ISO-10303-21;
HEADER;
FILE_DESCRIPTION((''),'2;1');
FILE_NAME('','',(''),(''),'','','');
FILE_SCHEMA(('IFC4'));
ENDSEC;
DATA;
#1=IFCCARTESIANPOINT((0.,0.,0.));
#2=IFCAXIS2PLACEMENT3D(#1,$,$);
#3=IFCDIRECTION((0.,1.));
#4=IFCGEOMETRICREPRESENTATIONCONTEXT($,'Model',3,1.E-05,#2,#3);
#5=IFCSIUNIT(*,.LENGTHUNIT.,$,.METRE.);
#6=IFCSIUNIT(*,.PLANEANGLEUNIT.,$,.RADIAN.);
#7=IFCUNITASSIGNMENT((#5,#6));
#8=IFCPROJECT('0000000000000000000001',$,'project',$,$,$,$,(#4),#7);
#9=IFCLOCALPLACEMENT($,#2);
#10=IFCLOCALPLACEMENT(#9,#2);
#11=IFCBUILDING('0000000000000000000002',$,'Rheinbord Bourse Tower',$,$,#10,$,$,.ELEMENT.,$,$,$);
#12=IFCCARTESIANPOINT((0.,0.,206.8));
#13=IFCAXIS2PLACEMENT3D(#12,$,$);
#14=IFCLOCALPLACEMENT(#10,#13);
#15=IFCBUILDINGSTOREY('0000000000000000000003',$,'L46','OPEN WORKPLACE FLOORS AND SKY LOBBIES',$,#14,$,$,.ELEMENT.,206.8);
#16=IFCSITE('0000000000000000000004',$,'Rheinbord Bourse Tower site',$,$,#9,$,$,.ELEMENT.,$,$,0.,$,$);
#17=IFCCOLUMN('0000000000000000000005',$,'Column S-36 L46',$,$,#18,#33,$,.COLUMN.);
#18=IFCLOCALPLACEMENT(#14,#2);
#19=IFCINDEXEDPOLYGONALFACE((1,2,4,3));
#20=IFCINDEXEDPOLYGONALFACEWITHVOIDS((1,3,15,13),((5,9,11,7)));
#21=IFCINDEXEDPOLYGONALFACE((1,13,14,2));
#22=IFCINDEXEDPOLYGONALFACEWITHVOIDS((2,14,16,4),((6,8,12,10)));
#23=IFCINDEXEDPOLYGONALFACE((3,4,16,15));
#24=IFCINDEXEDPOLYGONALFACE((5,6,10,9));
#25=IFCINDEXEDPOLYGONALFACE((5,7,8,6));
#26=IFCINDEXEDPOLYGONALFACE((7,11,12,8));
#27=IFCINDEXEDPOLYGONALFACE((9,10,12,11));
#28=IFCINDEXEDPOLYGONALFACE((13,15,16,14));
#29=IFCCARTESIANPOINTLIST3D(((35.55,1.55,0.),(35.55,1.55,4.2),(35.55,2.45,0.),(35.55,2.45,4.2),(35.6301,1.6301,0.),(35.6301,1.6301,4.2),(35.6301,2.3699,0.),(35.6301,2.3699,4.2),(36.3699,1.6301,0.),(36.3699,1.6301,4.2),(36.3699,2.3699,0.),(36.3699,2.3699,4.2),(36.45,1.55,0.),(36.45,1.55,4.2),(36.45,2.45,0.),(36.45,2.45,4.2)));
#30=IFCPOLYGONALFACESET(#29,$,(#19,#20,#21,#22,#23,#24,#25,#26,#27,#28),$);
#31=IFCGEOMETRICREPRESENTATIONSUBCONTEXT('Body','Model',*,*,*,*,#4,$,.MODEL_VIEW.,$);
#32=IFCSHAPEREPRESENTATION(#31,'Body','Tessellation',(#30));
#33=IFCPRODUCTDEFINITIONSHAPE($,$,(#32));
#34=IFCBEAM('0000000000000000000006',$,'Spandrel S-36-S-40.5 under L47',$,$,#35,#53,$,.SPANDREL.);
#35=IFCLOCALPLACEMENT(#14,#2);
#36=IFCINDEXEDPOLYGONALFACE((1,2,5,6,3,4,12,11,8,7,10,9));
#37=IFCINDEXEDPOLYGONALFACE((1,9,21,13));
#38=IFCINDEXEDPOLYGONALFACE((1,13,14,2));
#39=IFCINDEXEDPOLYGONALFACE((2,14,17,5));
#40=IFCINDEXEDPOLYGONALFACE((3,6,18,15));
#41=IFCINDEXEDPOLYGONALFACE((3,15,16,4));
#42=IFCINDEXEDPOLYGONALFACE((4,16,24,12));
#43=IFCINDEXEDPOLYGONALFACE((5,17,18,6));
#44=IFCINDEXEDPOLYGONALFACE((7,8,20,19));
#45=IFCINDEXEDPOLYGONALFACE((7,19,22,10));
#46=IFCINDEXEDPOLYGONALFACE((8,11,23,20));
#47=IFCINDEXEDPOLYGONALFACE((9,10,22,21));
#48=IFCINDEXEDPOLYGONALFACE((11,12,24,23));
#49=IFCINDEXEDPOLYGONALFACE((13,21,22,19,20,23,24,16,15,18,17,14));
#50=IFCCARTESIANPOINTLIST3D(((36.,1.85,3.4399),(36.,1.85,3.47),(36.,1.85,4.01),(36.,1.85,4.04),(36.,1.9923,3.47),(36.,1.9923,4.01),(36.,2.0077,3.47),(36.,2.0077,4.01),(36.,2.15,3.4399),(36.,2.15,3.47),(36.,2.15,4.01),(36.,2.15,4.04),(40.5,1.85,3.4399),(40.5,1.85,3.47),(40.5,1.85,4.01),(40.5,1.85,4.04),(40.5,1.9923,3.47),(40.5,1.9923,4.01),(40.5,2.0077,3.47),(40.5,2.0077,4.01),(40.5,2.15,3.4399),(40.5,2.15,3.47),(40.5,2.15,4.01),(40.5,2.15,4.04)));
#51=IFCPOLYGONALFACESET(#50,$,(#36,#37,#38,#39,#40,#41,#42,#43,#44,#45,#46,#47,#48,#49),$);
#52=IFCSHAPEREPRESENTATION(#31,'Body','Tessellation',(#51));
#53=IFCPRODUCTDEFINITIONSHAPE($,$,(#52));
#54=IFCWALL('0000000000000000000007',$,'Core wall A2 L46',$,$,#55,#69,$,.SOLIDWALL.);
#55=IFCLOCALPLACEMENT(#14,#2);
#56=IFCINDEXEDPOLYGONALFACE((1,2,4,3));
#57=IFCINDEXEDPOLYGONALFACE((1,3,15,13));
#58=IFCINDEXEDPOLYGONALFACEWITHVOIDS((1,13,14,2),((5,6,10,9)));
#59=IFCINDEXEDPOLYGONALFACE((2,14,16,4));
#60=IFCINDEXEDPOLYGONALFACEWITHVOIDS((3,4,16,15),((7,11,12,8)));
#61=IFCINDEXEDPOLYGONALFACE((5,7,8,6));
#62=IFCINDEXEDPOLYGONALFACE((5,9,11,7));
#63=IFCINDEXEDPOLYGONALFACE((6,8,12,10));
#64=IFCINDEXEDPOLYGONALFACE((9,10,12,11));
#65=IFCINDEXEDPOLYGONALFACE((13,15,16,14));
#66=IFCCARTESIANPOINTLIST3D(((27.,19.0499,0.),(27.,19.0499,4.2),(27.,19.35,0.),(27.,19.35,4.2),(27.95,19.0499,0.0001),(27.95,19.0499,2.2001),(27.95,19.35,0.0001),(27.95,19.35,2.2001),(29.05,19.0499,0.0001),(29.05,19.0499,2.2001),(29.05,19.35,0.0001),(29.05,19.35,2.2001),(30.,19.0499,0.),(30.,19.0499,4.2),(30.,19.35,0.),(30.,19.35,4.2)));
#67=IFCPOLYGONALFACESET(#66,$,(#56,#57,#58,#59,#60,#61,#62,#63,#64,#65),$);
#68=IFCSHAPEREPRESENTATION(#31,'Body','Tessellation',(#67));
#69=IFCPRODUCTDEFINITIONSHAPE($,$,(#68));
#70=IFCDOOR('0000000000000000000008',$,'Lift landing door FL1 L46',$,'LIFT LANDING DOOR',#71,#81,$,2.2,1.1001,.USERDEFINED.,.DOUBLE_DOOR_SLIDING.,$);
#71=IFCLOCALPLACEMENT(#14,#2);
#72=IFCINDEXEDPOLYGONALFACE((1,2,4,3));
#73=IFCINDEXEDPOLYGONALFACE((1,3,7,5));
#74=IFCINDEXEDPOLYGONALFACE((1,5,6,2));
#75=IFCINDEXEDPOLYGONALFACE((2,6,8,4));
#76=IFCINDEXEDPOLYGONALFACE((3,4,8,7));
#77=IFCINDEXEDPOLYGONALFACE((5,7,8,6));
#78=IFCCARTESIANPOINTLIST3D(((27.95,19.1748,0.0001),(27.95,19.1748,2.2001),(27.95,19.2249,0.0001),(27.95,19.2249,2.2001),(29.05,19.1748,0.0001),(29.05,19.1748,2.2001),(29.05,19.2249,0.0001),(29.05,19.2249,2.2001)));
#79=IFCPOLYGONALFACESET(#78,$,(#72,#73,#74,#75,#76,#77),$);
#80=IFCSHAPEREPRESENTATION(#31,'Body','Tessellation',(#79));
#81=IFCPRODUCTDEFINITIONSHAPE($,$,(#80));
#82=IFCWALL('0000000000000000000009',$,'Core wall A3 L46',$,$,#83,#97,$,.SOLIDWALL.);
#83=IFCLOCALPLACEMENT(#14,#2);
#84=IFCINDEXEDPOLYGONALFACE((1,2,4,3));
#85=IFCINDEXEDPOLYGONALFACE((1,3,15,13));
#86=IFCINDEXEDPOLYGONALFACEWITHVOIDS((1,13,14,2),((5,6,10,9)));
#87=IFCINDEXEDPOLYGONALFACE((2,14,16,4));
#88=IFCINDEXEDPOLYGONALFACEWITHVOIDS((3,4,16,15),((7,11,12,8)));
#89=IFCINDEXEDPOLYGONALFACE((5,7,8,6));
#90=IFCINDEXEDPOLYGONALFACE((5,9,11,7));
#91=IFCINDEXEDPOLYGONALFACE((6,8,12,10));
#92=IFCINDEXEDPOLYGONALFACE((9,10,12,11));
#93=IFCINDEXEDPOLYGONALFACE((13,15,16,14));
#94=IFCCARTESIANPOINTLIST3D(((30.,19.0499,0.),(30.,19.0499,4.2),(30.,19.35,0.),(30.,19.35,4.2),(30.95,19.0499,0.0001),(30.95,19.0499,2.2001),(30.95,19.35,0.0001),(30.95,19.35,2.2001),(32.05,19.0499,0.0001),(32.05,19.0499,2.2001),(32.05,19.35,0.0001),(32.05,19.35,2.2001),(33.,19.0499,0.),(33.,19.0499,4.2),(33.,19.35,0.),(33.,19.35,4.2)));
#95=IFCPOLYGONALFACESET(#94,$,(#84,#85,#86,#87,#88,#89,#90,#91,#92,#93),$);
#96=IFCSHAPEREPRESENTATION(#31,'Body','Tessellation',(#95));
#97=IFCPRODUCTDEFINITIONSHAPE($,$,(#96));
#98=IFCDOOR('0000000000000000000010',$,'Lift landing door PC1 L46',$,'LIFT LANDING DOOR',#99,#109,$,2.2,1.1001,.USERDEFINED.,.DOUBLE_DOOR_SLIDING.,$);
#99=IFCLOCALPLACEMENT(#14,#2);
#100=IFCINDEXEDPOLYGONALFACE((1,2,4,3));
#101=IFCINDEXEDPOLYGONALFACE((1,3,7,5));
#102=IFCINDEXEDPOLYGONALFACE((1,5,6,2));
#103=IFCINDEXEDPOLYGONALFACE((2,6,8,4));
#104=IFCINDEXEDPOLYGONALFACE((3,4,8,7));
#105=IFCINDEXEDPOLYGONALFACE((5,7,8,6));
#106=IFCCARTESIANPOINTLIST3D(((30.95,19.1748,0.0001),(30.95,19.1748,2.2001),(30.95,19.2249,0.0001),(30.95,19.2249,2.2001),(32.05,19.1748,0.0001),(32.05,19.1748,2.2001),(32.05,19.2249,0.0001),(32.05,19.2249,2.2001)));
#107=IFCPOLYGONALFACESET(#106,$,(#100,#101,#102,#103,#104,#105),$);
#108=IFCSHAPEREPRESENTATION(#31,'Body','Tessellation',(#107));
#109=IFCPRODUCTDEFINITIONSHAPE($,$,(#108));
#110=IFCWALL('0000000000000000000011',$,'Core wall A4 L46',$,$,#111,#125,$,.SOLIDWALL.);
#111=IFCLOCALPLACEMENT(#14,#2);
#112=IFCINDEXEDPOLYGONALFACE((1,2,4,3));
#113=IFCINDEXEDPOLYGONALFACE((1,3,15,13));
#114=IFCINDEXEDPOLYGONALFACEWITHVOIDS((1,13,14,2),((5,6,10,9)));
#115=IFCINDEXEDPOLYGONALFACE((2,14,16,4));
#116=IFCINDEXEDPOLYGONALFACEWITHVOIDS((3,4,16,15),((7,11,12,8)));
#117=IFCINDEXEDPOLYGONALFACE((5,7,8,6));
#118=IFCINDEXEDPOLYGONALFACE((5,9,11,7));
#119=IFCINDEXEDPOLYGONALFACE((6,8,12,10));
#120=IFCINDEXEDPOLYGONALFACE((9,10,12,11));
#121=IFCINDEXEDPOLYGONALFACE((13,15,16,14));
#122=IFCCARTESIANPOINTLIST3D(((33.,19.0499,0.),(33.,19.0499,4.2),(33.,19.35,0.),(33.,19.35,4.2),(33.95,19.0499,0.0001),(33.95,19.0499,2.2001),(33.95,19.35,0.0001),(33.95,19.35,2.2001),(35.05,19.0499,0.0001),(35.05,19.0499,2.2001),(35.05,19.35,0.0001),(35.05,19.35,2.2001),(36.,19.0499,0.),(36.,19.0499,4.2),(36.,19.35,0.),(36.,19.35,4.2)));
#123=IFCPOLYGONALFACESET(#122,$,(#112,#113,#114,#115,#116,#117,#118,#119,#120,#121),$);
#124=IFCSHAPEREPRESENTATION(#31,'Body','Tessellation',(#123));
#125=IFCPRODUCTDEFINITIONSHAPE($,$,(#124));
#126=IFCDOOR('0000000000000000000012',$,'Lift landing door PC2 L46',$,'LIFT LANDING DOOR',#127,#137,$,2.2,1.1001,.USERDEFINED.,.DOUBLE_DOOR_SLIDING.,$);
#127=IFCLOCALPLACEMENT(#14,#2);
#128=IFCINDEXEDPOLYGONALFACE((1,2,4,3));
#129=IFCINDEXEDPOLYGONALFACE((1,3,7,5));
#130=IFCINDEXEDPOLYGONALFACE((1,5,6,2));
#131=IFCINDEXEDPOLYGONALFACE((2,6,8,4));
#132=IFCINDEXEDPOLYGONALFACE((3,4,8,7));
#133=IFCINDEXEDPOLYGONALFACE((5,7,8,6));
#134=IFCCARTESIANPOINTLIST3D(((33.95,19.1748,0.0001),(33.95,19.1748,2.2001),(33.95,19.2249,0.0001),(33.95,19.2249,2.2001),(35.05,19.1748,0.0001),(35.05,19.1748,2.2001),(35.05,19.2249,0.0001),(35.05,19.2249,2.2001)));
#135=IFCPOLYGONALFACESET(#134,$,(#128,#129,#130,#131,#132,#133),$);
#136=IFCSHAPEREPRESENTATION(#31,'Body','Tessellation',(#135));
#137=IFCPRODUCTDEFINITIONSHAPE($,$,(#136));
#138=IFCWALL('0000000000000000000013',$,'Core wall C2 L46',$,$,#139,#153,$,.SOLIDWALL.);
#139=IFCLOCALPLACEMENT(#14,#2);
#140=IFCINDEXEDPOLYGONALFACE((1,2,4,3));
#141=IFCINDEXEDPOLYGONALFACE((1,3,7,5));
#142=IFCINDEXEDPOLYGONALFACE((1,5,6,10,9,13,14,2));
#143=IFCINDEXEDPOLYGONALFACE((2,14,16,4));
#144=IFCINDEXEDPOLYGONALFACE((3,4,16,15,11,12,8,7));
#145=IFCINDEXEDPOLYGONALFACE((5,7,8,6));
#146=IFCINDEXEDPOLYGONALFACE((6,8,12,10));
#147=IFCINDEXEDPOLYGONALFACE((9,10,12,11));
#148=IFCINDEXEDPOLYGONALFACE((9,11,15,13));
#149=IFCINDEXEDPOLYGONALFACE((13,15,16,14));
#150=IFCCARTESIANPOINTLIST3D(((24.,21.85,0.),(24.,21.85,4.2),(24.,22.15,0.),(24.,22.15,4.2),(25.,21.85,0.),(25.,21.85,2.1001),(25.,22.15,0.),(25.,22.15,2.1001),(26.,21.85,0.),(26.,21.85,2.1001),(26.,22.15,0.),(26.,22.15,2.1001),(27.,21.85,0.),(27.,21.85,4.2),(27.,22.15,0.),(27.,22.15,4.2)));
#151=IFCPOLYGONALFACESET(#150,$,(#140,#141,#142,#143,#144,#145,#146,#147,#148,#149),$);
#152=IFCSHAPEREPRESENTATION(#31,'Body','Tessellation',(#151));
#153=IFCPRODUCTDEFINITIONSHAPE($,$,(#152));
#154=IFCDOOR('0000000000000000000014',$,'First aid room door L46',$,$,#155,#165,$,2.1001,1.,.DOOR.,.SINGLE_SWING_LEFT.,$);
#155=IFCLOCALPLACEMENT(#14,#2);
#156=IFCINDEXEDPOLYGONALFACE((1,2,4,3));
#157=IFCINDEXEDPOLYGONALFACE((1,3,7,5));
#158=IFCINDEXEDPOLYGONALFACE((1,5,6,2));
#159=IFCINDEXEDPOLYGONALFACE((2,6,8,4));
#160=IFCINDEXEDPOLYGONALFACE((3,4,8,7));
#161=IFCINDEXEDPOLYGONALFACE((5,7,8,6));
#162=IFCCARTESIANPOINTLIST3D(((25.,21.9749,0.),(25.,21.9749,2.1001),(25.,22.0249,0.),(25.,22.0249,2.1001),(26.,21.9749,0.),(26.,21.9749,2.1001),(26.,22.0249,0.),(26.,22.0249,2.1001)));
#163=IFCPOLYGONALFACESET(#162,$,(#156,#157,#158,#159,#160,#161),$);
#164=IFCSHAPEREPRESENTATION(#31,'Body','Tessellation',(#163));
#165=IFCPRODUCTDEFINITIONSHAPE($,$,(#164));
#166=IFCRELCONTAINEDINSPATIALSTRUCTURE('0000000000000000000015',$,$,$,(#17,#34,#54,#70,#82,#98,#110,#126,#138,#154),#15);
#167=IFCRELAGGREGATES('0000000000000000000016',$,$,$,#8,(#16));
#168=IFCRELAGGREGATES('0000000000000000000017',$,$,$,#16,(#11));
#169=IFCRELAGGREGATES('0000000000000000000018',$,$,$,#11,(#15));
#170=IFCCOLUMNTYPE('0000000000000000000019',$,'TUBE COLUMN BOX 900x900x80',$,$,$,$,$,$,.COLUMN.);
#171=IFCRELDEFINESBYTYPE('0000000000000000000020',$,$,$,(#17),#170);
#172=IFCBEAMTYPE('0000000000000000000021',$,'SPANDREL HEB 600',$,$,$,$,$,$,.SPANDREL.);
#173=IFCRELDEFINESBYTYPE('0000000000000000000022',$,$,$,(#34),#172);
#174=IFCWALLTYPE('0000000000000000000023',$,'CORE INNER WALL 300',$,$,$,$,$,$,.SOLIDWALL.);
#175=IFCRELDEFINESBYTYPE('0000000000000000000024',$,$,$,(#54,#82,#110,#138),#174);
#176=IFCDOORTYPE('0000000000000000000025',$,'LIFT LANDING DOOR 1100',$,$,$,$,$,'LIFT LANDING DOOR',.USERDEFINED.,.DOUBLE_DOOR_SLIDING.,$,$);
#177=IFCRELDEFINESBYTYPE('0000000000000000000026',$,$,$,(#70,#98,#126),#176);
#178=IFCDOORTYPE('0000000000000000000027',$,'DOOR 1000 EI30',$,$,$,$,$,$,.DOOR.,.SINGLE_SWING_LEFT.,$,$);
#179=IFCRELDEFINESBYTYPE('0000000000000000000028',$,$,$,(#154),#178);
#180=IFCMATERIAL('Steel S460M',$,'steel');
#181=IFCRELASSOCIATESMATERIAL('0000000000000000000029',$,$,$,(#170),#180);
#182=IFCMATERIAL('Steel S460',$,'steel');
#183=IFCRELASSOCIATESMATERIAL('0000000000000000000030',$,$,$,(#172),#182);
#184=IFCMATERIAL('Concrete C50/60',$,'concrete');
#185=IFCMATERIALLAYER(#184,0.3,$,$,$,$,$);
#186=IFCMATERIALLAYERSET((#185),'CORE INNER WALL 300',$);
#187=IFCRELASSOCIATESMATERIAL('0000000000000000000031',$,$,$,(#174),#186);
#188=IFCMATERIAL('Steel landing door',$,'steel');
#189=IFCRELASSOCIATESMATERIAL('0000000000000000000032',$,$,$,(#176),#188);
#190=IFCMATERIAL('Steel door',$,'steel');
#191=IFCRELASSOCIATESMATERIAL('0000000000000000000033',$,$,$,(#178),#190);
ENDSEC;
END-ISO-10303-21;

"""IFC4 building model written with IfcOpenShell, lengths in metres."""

from ifc_helpers import new_model, si_unit, direction, frame, frame_2d, origin, origin_2d, place, context, subcontext, project, spatial, rectangle, hollow_rectangle, i_section, extrude, material, layer, layer_set, material_profile, profile_set, type_object, element, fill, save


model = new_model("IFC4")

# Units and contexts
model_context = context("Model", 3, precision=1e-05, world=origin(), true_north=direction((0.0, 1.0)))
body_context = subcontext(model_context, "Body", "Model", "MODEL_VIEW")
ifc_project = project(units=[si_unit("LENGTHUNIT", "METRE"), si_unit("PLANEANGLEUNIT", "RADIAN")], contexts=[model_context])

# Site, building, storey
site_placement = place(None, origin())
site = spatial("IfcSite", under=ifc_project, at=site_placement, Name="Rheinbord Bourse Tower site", CompositionType="ELEMENT", RefElevation=0.0)
building_placement = place(site_placement, origin())
building = spatial("IfcBuilding", under=site, at=building_placement, Name="Rheinbord Bourse Tower", CompositionType="ELEMENT")
storey_placement = place(building_placement, frame((0.0, 0.0, 206.8)))
storey = spatial("IfcBuildingStorey", under=building, at=storey_placement, Name="L46", Description="OPEN WORKPLACE FLOORS AND SKY LOBBIES", CompositionType="ELEMENT", Elevation=206.8)

# Column
ifc_material_1 = material(Name="Steel S460M", Category="steel")
ifc_material_profile_1 = material_profile(ifc_material_1, hollow_rectangle(XDim=0.8999, YDim=0.8999, WallThickness=0.0801, at=origin_2d()), Name="BOX 900x900x80")
ifc_profile_set_1 = profile_set([ifc_material_profile_1], Name="Steel S460M")
column_type = type_object("IfcColumnType", Name="TUBE COLUMN BOX 900x900x80", PredefinedType="COLUMN", material=ifc_profile_set_1)
column_placement = place(storey_placement, frame((36.0, 2.0, 0.0), z_axis=(0.0, 0.0, 1.0), x_axis=(0.0, 1.0, 0.0)))
element("IfcColumn", 1, at=column_placement, inside=storey, type_object=column_type, Name="Column S-36 L46", PredefinedType="COLUMN", context=body_context, shape_type="SweptSolid", body=[
    extrude(hollow_rectangle(XDim=0.8999, YDim=0.8999, WallThickness=0.0801, at=origin_2d()), origin(), (0.0, 0.0, 1.0), 4.2),
])

# Beam
ifc_material_2 = material(Name="Steel S460", Category="steel")
ifc_material_profile_2 = material_profile(ifc_material_2, i_section(OverallWidth=0.3, OverallDepth=0.6001, WebThickness=0.0154, FlangeThickness=0.03, at=origin_2d()), Name="HEB 600")
ifc_profile_set_2 = profile_set([ifc_material_profile_2], Name="Steel S460")
beam_type = type_object("IfcBeamType", Name="SPANDREL HEB 600", PredefinedType="SPANDREL", material=ifc_profile_set_2)
beam_placement = place(storey_placement, frame((36.0, 2.0, 3.74), z_axis=(1.0, 0.0, 0.0), x_axis=(0.0, 1.0, 0.0)))
element("IfcBeam", 2, at=beam_placement, inside=storey, type_object=beam_type, Name="Spandrel S-36-S-40.5 under L47", PredefinedType="SPANDREL", context=body_context, shape_type="SweptSolid", body=[
    extrude(i_section(OverallWidth=0.3, OverallDepth=0.6001, WebThickness=0.0154, FlangeThickness=0.03, at=origin_2d()), origin(), (0.0, 0.0, 1.0), 4.5),
])

# Walls, openings, doors
ifc_material_3 = material(Name="Concrete C50/60", Category="concrete")
ifc_layer_1 = layer(ifc_material_3, 0.3)
ifc_layer_set_1 = layer_set([ifc_layer_1], Name="CORE INNER WALL 300")
wall_type_1 = type_object("IfcWallType", Name="CORE INNER WALL 300", PredefinedType="SOLIDWALL", material=ifc_layer_set_1)
wall_1_placement = place(storey_placement, frame((27.0, 19.2, 0.0), z_axis=(0.0, 0.0, 1.0), x_axis=(1.0, 0.0, 0.0)))
wall_1 = element("IfcWall", 3, at=wall_1_placement, inside=storey, type_object=wall_type_1, Name="Core wall A2 L46", PredefinedType="SOLIDWALL", context=body_context, shape_type="SweptSolid", body=[
    extrude(rectangle(XDim=3.0, YDim=0.3, at=frame_2d((1.5, 0.0))), origin(), (0.0, 0.0, 1.0), 4.2),
])
opening_1_placement = place(wall_1_placement, frame((0.95, 0.0, 0.0)))
opening_1 = element("IfcOpeningElement", 4, at=opening_1_placement, cuts=wall_1, PredefinedType="OPENING", context=body_context, shape_type="SweptSolid", body=[
    extrude(rectangle(XDim=1.1001, YDim=2.2, at=frame_2d((0.55, 1.1001))), frame((0.0, 0.1599, 0.0), z_axis=(0.0, -1.0, 0.0), x_axis=(1.0, 0.0, 0.0)), (0.0, 0.0, 1.0), 0.3201),
])
ifc_material_4 = material(Name="Steel landing door", Category="steel")
door_type_1 = type_object("IfcDoorType", Name="LIFT LANDING DOOR 1100", ElementType="LIFT LANDING DOOR", OperationType="DOUBLE_DOOR_SLIDING", PredefinedType="USERDEFINED", material=ifc_material_4)
door_1_placement = place(opening_1_placement, origin())
door_1 = element("IfcDoor", 5, at=door_1_placement, inside=storey, type_object=door_type_1, Name="Lift landing door FL1 L46", ObjectType="LIFT LANDING DOOR", OperationType="DOUBLE_DOOR_SLIDING", OverallHeight=2.2, OverallWidth=1.1001, PredefinedType="USERDEFINED", context=body_context, shape_type="SweptSolid", body=[
    extrude(rectangle(XDim=1.1001, YDim=2.2, at=frame_2d((0.55, 1.1001))), frame((0.0, 0.0249, 0.0), z_axis=(0.0, -1.0, 0.0), x_axis=(1.0, 0.0, 0.0)), (0.0, 0.0, 1.0), 0.05),
])
fill(opening_1, door_1)
wall_2_placement = place(storey_placement, frame((30.0, 19.2, 0.0), z_axis=(0.0, 0.0, 1.0), x_axis=(1.0, 0.0, 0.0)))
wall_2 = element("IfcWall", 6, at=wall_2_placement, inside=storey, type_object=wall_type_1, Name="Core wall A3 L46", PredefinedType="SOLIDWALL", context=body_context, shape_type="SweptSolid", body=[
    extrude(rectangle(XDim=3.0, YDim=0.3, at=frame_2d((1.5, 0.0))), origin(), (0.0, 0.0, 1.0), 4.2),
])
opening_2_placement = place(wall_2_placement, frame((0.95, 0.0, 0.0)))
opening_2 = element("IfcOpeningElement", 7, at=opening_2_placement, cuts=wall_2, PredefinedType="OPENING", context=body_context, shape_type="SweptSolid", body=[
    extrude(rectangle(XDim=1.1001, YDim=2.2, at=frame_2d((0.55, 1.1001))), frame((0.0, 0.1599, 0.0), z_axis=(0.0, -1.0, 0.0), x_axis=(1.0, 0.0, 0.0)), (0.0, 0.0, 1.0), 0.3201),
])
door_2_placement = place(opening_2_placement, origin())
door_2 = element("IfcDoor", 8, at=door_2_placement, inside=storey, type_object=door_type_1, Name="Lift landing door PC1 L46", ObjectType="LIFT LANDING DOOR", OperationType="DOUBLE_DOOR_SLIDING", OverallHeight=2.2, OverallWidth=1.1001, PredefinedType="USERDEFINED", context=body_context, shape_type="SweptSolid", body=[
    extrude(rectangle(XDim=1.1001, YDim=2.2, at=frame_2d((0.55, 1.1001))), frame((0.0, 0.0249, 0.0), z_axis=(0.0, -1.0, 0.0), x_axis=(1.0, 0.0, 0.0)), (0.0, 0.0, 1.0), 0.05),
])
fill(opening_2, door_2)
wall_3_placement = place(storey_placement, frame((33.0, 19.2, 0.0), z_axis=(0.0, 0.0, 1.0), x_axis=(1.0, 0.0, 0.0)))
wall_3 = element("IfcWall", 9, at=wall_3_placement, inside=storey, type_object=wall_type_1, Name="Core wall A4 L46", PredefinedType="SOLIDWALL", context=body_context, shape_type="SweptSolid", body=[
    extrude(rectangle(XDim=3.0, YDim=0.3, at=frame_2d((1.5, 0.0))), origin(), (0.0, 0.0, 1.0), 4.2),
])
opening_3_placement = place(wall_3_placement, frame((0.95, 0.0, 0.0)))
opening_3 = element("IfcOpeningElement", 10, at=opening_3_placement, cuts=wall_3, PredefinedType="OPENING", context=body_context, shape_type="SweptSolid", body=[
    extrude(rectangle(XDim=1.1001, YDim=2.2, at=frame_2d((0.55, 1.1001))), frame((0.0, 0.1599, 0.0), z_axis=(0.0, -1.0, 0.0), x_axis=(1.0, 0.0, 0.0)), (0.0, 0.0, 1.0), 0.3201),
])
door_3_placement = place(opening_3_placement, origin())
door_3 = element("IfcDoor", 11, at=door_3_placement, inside=storey, type_object=door_type_1, Name="Lift landing door PC2 L46", ObjectType="LIFT LANDING DOOR", OperationType="DOUBLE_DOOR_SLIDING", OverallHeight=2.2, OverallWidth=1.1001, PredefinedType="USERDEFINED", context=body_context, shape_type="SweptSolid", body=[
    extrude(rectangle(XDim=1.1001, YDim=2.2, at=frame_2d((0.55, 1.1001))), frame((0.0, 0.0249, 0.0), z_axis=(0.0, -1.0, 0.0), x_axis=(1.0, 0.0, 0.0)), (0.0, 0.0, 1.0), 0.05),
])
fill(opening_3, door_3)
wall_4_placement = place(storey_placement, frame((24.0, 22.0, 0.0), z_axis=(0.0, 0.0, 1.0), x_axis=(1.0, 0.0, 0.0)))
wall_4 = element("IfcWall", 12, at=wall_4_placement, inside=storey, type_object=wall_type_1, Name="Core wall C2 L46", PredefinedType="SOLIDWALL", context=body_context, shape_type="SweptSolid", body=[
    extrude(rectangle(XDim=3.0, YDim=0.3, at=frame_2d((1.5, 0.0))), origin(), (0.0, 0.0, 1.0), 4.2),
])
opening_4_placement = place(wall_4_placement, frame((1.0, 0.0, 0.0)))
opening_4 = element("IfcOpeningElement", 13, at=opening_4_placement, cuts=wall_4, PredefinedType="OPENING", context=body_context, shape_type="SweptSolid", body=[
    extrude(rectangle(XDim=1.0, YDim=2.1001, at=frame_2d((0.5, 1.05))), frame((0.0, 0.1599, 0.0), z_axis=(0.0, -1.0, 0.0), x_axis=(1.0, 0.0, 0.0)), (0.0, 0.0, 1.0), 0.3201),
])
ifc_material_5 = material(Name="Steel door", Category="steel")
door_type_2 = type_object("IfcDoorType", Name="DOOR 1000 EI30", OperationType="SINGLE_SWING_LEFT", PredefinedType="DOOR", material=ifc_material_5)
door_4_placement = place(opening_4_placement, origin())
door_4 = element("IfcDoor", 14, at=door_4_placement, inside=storey, type_object=door_type_2, Name="First aid room door L46", OperationType="SINGLE_SWING_LEFT", OverallHeight=2.1001, OverallWidth=1.0, PredefinedType="DOOR", context=body_context, shape_type="SweptSolid", body=[
    extrude(rectangle(XDim=1.0, YDim=2.1001, at=frame_2d((0.5, 1.05))), frame((0.0, 0.0249, 0.0), z_axis=(0.0, -1.0, 0.0), x_axis=(1.0, 0.0, 0.0)), (0.0, 0.0, 1.0), 0.05),
])
fill(opening_4, door_4)

save(model, "model.ifc")
